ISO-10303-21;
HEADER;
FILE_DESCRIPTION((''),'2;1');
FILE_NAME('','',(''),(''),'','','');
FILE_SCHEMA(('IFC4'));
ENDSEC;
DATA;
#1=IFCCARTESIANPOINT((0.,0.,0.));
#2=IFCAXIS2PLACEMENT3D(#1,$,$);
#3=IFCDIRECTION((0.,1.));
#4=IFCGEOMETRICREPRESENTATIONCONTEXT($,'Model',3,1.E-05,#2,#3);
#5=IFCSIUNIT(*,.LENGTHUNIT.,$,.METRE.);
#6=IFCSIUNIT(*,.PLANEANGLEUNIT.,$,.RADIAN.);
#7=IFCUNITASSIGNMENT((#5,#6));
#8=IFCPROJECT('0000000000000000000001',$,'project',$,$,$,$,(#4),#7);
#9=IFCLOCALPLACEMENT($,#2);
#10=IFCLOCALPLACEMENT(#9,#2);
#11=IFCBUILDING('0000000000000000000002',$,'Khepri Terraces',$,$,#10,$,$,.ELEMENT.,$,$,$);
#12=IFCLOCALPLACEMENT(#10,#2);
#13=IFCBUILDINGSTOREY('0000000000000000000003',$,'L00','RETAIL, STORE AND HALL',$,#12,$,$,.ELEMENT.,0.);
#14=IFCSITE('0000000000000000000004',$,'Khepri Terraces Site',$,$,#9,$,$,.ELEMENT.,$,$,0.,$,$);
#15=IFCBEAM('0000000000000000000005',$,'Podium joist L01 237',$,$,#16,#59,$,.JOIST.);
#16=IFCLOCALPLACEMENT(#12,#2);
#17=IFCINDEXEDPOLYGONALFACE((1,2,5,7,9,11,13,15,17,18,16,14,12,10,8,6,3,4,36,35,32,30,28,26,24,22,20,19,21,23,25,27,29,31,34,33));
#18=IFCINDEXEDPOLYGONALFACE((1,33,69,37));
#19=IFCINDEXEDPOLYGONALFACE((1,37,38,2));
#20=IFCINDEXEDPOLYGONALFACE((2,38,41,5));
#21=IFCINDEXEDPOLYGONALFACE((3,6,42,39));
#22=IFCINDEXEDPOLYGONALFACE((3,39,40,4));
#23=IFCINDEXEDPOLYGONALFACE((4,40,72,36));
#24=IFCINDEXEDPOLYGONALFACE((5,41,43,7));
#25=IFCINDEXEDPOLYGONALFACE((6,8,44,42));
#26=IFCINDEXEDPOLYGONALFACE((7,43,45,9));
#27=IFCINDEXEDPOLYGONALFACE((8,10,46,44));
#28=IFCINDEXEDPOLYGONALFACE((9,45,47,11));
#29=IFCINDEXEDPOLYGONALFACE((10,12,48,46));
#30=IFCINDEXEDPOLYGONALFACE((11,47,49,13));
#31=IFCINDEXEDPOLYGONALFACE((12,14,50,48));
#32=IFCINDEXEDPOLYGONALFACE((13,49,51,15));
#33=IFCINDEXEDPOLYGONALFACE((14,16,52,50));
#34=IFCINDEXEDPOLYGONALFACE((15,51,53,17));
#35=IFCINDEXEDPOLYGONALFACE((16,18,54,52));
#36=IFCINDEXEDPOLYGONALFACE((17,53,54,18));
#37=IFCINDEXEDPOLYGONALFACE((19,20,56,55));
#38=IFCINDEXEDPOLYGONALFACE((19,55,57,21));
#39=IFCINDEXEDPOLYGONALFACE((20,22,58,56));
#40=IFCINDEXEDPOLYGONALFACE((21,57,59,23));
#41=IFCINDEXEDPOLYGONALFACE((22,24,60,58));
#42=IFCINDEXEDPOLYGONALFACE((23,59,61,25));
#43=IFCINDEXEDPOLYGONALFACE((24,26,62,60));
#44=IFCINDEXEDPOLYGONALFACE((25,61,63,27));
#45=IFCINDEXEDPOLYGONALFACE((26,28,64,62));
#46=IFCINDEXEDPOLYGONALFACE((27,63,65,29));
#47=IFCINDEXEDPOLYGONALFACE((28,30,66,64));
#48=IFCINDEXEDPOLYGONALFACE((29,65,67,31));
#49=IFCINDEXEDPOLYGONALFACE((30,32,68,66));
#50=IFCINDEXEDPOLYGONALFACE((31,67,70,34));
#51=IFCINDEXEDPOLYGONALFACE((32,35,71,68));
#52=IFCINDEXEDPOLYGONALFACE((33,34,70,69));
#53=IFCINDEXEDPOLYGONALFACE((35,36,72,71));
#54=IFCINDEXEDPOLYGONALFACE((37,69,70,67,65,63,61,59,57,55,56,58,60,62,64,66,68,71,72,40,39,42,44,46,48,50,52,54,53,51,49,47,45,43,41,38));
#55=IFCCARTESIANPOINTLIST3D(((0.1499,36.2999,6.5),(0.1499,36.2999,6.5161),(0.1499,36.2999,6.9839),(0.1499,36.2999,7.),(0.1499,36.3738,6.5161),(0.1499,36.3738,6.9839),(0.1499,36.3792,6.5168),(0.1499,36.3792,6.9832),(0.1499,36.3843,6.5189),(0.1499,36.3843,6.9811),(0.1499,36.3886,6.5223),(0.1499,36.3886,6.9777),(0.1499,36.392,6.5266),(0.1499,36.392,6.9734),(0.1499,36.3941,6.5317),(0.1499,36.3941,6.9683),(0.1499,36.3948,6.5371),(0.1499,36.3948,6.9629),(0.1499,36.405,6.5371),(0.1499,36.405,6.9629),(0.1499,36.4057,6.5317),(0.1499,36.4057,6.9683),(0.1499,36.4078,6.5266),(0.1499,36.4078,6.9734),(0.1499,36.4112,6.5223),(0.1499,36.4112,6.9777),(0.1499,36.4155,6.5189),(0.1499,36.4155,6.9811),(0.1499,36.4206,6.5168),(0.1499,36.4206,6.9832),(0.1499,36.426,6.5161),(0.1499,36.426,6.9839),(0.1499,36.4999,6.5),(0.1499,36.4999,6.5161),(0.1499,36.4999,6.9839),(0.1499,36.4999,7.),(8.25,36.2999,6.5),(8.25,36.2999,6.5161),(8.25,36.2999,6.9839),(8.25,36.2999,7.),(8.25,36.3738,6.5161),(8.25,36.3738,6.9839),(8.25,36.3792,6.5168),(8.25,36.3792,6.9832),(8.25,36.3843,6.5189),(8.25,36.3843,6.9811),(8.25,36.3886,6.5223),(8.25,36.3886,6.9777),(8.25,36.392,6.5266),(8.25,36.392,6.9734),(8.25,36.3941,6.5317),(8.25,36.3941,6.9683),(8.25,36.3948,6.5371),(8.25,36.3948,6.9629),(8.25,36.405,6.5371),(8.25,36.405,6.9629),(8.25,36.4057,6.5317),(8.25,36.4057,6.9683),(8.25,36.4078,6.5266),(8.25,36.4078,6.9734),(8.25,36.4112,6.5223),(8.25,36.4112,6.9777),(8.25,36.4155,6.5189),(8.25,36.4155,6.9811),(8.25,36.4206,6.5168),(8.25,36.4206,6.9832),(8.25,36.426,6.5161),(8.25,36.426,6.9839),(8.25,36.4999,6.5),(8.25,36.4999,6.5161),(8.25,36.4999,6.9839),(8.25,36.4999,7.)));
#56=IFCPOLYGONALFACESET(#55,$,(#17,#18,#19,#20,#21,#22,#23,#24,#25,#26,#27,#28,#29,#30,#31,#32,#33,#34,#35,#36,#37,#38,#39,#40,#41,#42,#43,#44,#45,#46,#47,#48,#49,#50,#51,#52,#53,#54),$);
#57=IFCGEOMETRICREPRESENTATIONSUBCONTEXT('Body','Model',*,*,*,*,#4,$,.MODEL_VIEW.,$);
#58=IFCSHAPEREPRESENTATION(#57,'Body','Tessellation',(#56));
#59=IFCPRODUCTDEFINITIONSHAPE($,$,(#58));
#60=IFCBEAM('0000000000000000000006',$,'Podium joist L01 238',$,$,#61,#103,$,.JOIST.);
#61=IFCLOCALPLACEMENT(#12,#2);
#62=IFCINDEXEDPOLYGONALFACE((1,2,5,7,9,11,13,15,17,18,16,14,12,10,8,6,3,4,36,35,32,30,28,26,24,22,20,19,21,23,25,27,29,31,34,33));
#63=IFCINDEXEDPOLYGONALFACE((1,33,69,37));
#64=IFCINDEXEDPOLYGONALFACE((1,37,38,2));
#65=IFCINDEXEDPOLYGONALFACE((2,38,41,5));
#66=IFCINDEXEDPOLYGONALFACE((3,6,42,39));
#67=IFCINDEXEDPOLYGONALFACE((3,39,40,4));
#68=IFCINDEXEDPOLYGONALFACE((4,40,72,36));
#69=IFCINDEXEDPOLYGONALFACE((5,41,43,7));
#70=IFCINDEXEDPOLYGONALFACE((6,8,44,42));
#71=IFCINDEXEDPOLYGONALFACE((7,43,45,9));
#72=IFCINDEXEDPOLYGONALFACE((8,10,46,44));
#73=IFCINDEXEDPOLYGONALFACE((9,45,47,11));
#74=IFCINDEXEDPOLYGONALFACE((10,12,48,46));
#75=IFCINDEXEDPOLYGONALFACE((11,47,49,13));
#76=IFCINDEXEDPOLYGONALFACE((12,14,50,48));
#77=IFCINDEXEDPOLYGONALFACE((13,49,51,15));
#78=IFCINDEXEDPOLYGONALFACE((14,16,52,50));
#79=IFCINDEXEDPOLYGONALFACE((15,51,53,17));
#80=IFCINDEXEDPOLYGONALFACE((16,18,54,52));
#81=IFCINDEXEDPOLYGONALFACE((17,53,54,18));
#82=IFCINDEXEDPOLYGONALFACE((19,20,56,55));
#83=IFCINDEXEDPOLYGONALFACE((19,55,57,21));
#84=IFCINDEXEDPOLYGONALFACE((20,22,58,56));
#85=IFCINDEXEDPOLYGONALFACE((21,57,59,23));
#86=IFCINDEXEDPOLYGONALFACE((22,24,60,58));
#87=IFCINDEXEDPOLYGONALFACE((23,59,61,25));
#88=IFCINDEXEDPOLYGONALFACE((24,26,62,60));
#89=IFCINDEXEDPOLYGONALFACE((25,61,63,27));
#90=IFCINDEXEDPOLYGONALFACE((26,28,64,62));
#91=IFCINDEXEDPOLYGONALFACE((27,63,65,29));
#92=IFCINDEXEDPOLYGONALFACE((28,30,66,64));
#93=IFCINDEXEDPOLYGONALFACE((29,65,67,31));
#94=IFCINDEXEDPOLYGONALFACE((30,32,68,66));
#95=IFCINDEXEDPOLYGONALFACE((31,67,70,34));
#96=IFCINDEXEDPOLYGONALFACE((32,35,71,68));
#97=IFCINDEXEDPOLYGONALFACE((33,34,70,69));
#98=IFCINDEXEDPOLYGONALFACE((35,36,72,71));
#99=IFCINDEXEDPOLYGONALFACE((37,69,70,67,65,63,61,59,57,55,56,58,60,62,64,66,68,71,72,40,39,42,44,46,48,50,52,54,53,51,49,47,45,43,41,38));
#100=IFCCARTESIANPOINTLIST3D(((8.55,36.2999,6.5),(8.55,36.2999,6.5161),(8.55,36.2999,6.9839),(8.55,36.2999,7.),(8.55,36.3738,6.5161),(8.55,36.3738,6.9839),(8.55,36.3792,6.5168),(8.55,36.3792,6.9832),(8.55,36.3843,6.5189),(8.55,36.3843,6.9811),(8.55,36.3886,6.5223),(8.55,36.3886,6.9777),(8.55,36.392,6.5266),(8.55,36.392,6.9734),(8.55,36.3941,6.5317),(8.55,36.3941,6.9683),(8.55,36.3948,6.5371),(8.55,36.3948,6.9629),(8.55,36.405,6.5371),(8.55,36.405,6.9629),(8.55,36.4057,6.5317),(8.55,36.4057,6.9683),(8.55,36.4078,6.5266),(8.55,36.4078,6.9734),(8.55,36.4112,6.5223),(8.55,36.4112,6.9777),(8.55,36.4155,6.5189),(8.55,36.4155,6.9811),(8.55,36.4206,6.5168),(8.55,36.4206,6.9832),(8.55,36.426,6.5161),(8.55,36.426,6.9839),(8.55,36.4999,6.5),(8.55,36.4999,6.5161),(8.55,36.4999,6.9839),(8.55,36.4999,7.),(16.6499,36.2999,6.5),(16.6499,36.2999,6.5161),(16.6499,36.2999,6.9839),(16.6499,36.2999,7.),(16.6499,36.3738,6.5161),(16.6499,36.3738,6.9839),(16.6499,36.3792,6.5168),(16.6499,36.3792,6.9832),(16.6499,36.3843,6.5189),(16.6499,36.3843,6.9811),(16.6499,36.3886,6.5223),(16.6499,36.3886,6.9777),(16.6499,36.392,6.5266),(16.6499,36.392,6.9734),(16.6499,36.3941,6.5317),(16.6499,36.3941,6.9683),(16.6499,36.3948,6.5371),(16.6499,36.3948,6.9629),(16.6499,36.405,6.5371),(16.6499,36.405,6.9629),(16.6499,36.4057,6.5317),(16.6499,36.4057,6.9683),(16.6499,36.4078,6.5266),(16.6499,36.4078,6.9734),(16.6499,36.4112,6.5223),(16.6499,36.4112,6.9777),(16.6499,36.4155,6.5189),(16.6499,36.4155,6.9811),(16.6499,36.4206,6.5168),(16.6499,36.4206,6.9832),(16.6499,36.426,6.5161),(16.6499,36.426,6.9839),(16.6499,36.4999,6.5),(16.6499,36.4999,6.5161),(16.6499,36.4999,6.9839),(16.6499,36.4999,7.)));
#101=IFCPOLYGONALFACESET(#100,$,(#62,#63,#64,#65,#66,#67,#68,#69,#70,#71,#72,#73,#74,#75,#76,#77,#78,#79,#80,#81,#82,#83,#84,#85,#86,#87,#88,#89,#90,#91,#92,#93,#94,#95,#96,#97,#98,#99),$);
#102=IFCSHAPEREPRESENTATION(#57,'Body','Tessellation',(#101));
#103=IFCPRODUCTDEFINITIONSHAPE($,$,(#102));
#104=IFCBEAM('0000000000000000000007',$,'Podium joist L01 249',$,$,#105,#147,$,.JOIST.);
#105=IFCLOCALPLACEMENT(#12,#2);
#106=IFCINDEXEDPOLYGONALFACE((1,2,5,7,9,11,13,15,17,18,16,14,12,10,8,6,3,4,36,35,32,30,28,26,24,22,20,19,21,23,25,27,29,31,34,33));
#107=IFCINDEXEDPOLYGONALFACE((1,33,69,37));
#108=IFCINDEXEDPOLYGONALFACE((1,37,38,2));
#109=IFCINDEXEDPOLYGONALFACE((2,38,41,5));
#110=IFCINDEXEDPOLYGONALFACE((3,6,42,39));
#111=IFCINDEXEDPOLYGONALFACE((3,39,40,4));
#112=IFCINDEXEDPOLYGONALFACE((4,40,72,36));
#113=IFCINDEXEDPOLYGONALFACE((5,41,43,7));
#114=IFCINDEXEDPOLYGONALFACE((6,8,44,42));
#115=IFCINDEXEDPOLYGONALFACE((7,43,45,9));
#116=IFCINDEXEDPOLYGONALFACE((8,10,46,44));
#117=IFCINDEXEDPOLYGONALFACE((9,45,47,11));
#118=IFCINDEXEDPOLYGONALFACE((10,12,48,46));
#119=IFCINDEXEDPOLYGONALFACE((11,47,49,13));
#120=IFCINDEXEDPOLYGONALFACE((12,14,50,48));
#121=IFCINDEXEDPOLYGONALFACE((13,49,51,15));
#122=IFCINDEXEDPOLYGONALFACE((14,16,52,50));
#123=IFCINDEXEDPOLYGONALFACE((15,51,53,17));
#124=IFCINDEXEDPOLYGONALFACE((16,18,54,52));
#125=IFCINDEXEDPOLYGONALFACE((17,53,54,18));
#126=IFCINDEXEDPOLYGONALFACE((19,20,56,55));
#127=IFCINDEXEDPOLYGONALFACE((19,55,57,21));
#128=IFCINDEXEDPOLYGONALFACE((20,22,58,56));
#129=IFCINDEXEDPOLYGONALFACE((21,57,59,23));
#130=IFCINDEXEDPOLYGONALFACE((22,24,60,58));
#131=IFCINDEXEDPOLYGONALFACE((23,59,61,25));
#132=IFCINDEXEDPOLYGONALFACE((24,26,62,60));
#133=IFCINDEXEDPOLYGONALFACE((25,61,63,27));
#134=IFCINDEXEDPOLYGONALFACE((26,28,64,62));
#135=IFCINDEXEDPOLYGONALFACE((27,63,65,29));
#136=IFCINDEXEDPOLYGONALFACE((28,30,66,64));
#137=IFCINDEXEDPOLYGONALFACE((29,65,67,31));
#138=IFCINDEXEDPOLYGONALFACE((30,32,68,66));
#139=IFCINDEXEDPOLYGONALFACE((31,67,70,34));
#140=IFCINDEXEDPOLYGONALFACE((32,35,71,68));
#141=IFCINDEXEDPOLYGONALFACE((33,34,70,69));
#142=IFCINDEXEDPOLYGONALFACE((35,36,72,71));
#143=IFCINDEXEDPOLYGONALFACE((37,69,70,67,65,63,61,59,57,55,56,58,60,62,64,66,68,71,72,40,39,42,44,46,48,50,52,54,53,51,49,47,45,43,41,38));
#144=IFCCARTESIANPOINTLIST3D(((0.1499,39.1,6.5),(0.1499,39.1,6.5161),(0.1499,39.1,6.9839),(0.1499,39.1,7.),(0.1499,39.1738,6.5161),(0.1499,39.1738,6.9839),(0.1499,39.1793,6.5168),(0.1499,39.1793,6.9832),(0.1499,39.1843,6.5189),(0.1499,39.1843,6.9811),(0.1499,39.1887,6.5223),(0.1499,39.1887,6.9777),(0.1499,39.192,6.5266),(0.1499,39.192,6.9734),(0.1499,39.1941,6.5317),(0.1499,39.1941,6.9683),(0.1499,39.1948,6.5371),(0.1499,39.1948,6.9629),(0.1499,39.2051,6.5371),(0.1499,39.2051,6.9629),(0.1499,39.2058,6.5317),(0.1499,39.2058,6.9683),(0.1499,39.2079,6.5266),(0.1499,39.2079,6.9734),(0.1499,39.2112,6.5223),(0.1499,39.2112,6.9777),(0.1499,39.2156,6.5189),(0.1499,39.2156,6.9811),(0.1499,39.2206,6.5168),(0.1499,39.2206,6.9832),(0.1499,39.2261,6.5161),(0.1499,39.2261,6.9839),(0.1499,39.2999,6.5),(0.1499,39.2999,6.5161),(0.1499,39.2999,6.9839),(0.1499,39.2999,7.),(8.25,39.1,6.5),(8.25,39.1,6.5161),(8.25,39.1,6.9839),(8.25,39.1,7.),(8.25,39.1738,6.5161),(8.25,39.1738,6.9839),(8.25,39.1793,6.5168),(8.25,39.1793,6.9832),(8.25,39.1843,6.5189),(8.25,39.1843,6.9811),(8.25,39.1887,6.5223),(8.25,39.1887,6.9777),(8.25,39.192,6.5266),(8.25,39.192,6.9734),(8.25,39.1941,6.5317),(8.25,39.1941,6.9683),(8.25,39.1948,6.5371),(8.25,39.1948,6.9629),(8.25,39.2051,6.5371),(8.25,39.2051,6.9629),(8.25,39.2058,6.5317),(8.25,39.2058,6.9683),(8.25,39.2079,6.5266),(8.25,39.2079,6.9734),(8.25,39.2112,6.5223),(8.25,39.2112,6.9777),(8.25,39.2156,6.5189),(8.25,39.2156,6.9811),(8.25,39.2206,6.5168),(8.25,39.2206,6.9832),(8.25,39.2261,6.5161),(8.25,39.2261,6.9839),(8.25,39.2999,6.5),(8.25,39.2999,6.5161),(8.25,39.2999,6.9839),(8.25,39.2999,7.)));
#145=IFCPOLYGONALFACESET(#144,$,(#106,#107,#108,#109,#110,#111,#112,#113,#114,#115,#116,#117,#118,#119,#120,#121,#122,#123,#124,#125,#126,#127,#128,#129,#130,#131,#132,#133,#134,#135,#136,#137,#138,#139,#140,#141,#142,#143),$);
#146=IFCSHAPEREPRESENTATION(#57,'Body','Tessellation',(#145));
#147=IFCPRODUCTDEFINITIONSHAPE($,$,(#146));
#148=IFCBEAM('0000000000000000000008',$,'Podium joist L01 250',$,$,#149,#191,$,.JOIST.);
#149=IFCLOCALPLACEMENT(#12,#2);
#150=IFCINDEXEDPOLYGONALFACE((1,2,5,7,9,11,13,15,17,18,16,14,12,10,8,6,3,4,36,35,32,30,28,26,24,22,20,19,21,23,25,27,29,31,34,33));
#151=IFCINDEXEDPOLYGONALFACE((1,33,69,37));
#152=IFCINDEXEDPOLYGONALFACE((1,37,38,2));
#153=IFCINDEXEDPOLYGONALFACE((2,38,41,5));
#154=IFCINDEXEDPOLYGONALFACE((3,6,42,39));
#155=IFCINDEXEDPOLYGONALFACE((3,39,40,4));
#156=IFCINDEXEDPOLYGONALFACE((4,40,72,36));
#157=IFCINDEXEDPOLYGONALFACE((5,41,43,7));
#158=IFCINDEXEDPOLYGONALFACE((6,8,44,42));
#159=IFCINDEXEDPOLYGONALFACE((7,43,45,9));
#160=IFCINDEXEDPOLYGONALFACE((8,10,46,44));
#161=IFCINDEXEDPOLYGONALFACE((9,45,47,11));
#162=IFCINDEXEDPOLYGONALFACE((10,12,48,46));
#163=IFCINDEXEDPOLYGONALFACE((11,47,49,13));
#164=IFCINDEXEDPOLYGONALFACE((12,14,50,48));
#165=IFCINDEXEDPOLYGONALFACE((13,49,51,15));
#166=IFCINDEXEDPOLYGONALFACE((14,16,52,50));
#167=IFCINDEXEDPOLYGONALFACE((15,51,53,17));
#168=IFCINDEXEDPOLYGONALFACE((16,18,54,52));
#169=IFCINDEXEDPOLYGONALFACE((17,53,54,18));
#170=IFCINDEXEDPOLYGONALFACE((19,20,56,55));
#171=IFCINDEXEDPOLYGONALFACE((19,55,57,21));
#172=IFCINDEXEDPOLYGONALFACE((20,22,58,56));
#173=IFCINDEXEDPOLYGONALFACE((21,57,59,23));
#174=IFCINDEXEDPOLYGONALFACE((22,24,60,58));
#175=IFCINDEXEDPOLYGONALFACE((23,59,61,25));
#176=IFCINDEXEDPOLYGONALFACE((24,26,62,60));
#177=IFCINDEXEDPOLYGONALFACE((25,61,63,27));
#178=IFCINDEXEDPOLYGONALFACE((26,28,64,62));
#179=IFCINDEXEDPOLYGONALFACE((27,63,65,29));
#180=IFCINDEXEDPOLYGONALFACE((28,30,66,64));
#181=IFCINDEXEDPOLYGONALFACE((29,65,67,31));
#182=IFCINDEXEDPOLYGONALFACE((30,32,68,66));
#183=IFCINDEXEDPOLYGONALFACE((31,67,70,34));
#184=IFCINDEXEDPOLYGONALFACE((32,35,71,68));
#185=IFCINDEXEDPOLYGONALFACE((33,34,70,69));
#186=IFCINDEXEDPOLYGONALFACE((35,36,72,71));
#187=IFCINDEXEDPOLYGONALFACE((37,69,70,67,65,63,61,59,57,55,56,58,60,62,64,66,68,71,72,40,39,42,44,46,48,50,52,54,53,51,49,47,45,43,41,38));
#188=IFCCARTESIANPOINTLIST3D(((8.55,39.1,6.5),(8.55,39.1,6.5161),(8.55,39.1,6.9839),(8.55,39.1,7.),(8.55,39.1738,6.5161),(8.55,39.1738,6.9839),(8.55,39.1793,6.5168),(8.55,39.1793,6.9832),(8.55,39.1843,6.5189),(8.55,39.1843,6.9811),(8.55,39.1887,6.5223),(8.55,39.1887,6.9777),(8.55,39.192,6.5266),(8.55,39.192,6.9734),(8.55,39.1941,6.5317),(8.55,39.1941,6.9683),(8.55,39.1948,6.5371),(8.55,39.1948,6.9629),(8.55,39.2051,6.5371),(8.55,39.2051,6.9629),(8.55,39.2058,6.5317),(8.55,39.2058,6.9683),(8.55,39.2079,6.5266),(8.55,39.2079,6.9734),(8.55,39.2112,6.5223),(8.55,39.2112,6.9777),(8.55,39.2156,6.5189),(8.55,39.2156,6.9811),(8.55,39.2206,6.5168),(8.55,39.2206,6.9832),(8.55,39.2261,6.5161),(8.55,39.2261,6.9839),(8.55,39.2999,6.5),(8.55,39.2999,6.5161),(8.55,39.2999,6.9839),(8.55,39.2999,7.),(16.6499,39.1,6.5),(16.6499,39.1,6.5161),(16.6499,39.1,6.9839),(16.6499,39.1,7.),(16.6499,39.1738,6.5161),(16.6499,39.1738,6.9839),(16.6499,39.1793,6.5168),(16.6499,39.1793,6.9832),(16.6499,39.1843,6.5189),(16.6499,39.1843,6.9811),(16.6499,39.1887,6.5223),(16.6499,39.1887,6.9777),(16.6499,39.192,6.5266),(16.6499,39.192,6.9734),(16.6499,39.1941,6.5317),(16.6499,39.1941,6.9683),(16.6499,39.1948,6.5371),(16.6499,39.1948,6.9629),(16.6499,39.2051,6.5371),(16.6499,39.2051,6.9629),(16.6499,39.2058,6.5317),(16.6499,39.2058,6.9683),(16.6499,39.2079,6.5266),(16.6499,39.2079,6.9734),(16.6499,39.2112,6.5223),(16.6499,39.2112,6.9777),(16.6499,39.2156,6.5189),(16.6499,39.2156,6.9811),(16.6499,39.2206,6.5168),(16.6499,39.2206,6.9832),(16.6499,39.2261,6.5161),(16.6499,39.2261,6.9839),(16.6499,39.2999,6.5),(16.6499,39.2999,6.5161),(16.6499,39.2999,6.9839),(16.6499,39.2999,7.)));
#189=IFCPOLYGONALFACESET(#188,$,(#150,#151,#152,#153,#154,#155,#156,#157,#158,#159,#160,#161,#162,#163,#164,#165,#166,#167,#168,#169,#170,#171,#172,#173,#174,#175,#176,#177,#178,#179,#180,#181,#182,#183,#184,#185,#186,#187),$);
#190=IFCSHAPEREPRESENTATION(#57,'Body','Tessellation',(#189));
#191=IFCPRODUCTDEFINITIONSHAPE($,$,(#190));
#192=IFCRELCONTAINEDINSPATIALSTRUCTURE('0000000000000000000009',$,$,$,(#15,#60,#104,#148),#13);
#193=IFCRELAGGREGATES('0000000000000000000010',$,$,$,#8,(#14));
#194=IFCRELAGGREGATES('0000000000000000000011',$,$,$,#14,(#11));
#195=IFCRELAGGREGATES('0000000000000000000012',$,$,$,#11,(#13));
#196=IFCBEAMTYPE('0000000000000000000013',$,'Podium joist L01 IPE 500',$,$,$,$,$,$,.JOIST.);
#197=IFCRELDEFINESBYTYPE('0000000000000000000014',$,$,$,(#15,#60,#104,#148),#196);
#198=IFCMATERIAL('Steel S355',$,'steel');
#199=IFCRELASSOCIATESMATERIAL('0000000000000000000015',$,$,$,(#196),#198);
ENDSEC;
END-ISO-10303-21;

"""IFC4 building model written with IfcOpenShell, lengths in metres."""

from ifc_helpers import new_model, si_unit, direction, frame, origin, origin_2d, place, context, subcontext, project, spatial, i_section, extrude, material, material_profile, profile_set, type_object, element, save


model = new_model("IFC4")

# Units and contexts
model_context = context("Model", 3, precision=1e-05, world=origin(), true_north=direction((0.0, 1.0)))
body_context = subcontext(model_context, "Body", "Model", "MODEL_VIEW")
ifc_project = project(units=[si_unit("LENGTHUNIT", "METRE"), si_unit("PLANEANGLEUNIT", "RADIAN")], contexts=[model_context])

# Site, building, storey
site_placement = place(None, origin())
site = spatial("IfcSite", under=ifc_project, at=site_placement, Name="Khepri Terraces Site", CompositionType="ELEMENT", RefElevation=0.0)
building_placement = place(site_placement, origin())
building = spatial("IfcBuilding", under=site, at=building_placement, Name="Khepri Terraces", CompositionType="ELEMENT")
storey_placement = place(building_placement, origin())
storey = spatial("IfcBuildingStorey", under=building, at=storey_placement, Name="L00", Description="RETAIL, STORE AND HALL", CompositionType="ELEMENT", Elevation=0.0)

# Beams
ifc_material_1 = material(Name="Steel S355", Category="steel")
ifc_material_profile_1 = material_profile(ifc_material_1, i_section(OverallWidth=0.2, OverallDepth=0.5, WebThickness=0.0103, FlangeThickness=0.0161, FilletRadius=0.021, at=origin_2d()), Name="Steel S355", Category="steel")
ifc_profile_set_1 = profile_set([ifc_material_profile_1], Name="Steel S355")
beam_type_1 = type_object("IfcBeamType", Name="Podium joist L01 IPE 500", PredefinedType="JOIST", material=ifc_profile_set_1)
beam_1_placement = place(storey_placement, frame((0.1499, 36.3999, 6.75), z_axis=(1.0, 0.0, 0.0), x_axis=(0.0, 1.0, 0.0)))
element("IfcBeam", 1, at=beam_1_placement, inside=storey, type_object=beam_type_1, Name="Podium joist L01 237", PredefinedType="JOIST", context=body_context, shape_type="SweptSolid", body=[
    extrude(i_section(OverallWidth=0.2, OverallDepth=0.5, WebThickness=0.0103, FlangeThickness=0.0161, FilletRadius=0.021, at=origin_2d()), origin(), (0.0, 0.0, 1.0), 8.1001),
])
beam_2_placement = place(storey_placement, frame((8.55, 36.3999, 6.75), z_axis=(1.0, 0.0, 0.0), x_axis=(0.0, 1.0, 0.0)))
element("IfcBeam", 2, at=beam_2_placement, inside=storey, type_object=beam_type_1, Name="Podium joist L01 238", PredefinedType="JOIST", context=body_context, shape_type="SweptSolid", body=[
    extrude(i_section(OverallWidth=0.2, OverallDepth=0.5, WebThickness=0.0103, FlangeThickness=0.0161, FilletRadius=0.021, at=origin_2d()), origin(), (0.0, 0.0, 1.0), 8.0999),
])
beam_3_placement = place(storey_placement, frame((0.1499, 39.2, 6.75), z_axis=(1.0, 0.0, 0.0), x_axis=(0.0, 1.0, 0.0)))
element("IfcBeam", 3, at=beam_3_placement, inside=storey, type_object=beam_type_1, Name="Podium joist L01 249", PredefinedType="JOIST", context=body_context, shape_type="SweptSolid", body=[
    extrude(i_section(OverallWidth=0.2, OverallDepth=0.5, WebThickness=0.0103, FlangeThickness=0.0161, FilletRadius=0.021, at=origin_2d()), origin(), (0.0, 0.0, 1.0), 8.1001),
])
beam_4_placement = place(storey_placement, frame((8.55, 39.2, 6.75), z_axis=(1.0, 0.0, 0.0), x_axis=(0.0, 1.0, 0.0)))
element("IfcBeam", 4, at=beam_4_placement, inside=storey, type_object=beam_type_1, Name="Podium joist L01 250", PredefinedType="JOIST", context=body_context, shape_type="SweptSolid", body=[
    extrude(i_section(OverallWidth=0.2, OverallDepth=0.5, WebThickness=0.0103, FlangeThickness=0.0161, FilletRadius=0.021, at=origin_2d()), origin(), (0.0, 0.0, 1.0), 8.0999),
])

save(model, "model.ifc")
